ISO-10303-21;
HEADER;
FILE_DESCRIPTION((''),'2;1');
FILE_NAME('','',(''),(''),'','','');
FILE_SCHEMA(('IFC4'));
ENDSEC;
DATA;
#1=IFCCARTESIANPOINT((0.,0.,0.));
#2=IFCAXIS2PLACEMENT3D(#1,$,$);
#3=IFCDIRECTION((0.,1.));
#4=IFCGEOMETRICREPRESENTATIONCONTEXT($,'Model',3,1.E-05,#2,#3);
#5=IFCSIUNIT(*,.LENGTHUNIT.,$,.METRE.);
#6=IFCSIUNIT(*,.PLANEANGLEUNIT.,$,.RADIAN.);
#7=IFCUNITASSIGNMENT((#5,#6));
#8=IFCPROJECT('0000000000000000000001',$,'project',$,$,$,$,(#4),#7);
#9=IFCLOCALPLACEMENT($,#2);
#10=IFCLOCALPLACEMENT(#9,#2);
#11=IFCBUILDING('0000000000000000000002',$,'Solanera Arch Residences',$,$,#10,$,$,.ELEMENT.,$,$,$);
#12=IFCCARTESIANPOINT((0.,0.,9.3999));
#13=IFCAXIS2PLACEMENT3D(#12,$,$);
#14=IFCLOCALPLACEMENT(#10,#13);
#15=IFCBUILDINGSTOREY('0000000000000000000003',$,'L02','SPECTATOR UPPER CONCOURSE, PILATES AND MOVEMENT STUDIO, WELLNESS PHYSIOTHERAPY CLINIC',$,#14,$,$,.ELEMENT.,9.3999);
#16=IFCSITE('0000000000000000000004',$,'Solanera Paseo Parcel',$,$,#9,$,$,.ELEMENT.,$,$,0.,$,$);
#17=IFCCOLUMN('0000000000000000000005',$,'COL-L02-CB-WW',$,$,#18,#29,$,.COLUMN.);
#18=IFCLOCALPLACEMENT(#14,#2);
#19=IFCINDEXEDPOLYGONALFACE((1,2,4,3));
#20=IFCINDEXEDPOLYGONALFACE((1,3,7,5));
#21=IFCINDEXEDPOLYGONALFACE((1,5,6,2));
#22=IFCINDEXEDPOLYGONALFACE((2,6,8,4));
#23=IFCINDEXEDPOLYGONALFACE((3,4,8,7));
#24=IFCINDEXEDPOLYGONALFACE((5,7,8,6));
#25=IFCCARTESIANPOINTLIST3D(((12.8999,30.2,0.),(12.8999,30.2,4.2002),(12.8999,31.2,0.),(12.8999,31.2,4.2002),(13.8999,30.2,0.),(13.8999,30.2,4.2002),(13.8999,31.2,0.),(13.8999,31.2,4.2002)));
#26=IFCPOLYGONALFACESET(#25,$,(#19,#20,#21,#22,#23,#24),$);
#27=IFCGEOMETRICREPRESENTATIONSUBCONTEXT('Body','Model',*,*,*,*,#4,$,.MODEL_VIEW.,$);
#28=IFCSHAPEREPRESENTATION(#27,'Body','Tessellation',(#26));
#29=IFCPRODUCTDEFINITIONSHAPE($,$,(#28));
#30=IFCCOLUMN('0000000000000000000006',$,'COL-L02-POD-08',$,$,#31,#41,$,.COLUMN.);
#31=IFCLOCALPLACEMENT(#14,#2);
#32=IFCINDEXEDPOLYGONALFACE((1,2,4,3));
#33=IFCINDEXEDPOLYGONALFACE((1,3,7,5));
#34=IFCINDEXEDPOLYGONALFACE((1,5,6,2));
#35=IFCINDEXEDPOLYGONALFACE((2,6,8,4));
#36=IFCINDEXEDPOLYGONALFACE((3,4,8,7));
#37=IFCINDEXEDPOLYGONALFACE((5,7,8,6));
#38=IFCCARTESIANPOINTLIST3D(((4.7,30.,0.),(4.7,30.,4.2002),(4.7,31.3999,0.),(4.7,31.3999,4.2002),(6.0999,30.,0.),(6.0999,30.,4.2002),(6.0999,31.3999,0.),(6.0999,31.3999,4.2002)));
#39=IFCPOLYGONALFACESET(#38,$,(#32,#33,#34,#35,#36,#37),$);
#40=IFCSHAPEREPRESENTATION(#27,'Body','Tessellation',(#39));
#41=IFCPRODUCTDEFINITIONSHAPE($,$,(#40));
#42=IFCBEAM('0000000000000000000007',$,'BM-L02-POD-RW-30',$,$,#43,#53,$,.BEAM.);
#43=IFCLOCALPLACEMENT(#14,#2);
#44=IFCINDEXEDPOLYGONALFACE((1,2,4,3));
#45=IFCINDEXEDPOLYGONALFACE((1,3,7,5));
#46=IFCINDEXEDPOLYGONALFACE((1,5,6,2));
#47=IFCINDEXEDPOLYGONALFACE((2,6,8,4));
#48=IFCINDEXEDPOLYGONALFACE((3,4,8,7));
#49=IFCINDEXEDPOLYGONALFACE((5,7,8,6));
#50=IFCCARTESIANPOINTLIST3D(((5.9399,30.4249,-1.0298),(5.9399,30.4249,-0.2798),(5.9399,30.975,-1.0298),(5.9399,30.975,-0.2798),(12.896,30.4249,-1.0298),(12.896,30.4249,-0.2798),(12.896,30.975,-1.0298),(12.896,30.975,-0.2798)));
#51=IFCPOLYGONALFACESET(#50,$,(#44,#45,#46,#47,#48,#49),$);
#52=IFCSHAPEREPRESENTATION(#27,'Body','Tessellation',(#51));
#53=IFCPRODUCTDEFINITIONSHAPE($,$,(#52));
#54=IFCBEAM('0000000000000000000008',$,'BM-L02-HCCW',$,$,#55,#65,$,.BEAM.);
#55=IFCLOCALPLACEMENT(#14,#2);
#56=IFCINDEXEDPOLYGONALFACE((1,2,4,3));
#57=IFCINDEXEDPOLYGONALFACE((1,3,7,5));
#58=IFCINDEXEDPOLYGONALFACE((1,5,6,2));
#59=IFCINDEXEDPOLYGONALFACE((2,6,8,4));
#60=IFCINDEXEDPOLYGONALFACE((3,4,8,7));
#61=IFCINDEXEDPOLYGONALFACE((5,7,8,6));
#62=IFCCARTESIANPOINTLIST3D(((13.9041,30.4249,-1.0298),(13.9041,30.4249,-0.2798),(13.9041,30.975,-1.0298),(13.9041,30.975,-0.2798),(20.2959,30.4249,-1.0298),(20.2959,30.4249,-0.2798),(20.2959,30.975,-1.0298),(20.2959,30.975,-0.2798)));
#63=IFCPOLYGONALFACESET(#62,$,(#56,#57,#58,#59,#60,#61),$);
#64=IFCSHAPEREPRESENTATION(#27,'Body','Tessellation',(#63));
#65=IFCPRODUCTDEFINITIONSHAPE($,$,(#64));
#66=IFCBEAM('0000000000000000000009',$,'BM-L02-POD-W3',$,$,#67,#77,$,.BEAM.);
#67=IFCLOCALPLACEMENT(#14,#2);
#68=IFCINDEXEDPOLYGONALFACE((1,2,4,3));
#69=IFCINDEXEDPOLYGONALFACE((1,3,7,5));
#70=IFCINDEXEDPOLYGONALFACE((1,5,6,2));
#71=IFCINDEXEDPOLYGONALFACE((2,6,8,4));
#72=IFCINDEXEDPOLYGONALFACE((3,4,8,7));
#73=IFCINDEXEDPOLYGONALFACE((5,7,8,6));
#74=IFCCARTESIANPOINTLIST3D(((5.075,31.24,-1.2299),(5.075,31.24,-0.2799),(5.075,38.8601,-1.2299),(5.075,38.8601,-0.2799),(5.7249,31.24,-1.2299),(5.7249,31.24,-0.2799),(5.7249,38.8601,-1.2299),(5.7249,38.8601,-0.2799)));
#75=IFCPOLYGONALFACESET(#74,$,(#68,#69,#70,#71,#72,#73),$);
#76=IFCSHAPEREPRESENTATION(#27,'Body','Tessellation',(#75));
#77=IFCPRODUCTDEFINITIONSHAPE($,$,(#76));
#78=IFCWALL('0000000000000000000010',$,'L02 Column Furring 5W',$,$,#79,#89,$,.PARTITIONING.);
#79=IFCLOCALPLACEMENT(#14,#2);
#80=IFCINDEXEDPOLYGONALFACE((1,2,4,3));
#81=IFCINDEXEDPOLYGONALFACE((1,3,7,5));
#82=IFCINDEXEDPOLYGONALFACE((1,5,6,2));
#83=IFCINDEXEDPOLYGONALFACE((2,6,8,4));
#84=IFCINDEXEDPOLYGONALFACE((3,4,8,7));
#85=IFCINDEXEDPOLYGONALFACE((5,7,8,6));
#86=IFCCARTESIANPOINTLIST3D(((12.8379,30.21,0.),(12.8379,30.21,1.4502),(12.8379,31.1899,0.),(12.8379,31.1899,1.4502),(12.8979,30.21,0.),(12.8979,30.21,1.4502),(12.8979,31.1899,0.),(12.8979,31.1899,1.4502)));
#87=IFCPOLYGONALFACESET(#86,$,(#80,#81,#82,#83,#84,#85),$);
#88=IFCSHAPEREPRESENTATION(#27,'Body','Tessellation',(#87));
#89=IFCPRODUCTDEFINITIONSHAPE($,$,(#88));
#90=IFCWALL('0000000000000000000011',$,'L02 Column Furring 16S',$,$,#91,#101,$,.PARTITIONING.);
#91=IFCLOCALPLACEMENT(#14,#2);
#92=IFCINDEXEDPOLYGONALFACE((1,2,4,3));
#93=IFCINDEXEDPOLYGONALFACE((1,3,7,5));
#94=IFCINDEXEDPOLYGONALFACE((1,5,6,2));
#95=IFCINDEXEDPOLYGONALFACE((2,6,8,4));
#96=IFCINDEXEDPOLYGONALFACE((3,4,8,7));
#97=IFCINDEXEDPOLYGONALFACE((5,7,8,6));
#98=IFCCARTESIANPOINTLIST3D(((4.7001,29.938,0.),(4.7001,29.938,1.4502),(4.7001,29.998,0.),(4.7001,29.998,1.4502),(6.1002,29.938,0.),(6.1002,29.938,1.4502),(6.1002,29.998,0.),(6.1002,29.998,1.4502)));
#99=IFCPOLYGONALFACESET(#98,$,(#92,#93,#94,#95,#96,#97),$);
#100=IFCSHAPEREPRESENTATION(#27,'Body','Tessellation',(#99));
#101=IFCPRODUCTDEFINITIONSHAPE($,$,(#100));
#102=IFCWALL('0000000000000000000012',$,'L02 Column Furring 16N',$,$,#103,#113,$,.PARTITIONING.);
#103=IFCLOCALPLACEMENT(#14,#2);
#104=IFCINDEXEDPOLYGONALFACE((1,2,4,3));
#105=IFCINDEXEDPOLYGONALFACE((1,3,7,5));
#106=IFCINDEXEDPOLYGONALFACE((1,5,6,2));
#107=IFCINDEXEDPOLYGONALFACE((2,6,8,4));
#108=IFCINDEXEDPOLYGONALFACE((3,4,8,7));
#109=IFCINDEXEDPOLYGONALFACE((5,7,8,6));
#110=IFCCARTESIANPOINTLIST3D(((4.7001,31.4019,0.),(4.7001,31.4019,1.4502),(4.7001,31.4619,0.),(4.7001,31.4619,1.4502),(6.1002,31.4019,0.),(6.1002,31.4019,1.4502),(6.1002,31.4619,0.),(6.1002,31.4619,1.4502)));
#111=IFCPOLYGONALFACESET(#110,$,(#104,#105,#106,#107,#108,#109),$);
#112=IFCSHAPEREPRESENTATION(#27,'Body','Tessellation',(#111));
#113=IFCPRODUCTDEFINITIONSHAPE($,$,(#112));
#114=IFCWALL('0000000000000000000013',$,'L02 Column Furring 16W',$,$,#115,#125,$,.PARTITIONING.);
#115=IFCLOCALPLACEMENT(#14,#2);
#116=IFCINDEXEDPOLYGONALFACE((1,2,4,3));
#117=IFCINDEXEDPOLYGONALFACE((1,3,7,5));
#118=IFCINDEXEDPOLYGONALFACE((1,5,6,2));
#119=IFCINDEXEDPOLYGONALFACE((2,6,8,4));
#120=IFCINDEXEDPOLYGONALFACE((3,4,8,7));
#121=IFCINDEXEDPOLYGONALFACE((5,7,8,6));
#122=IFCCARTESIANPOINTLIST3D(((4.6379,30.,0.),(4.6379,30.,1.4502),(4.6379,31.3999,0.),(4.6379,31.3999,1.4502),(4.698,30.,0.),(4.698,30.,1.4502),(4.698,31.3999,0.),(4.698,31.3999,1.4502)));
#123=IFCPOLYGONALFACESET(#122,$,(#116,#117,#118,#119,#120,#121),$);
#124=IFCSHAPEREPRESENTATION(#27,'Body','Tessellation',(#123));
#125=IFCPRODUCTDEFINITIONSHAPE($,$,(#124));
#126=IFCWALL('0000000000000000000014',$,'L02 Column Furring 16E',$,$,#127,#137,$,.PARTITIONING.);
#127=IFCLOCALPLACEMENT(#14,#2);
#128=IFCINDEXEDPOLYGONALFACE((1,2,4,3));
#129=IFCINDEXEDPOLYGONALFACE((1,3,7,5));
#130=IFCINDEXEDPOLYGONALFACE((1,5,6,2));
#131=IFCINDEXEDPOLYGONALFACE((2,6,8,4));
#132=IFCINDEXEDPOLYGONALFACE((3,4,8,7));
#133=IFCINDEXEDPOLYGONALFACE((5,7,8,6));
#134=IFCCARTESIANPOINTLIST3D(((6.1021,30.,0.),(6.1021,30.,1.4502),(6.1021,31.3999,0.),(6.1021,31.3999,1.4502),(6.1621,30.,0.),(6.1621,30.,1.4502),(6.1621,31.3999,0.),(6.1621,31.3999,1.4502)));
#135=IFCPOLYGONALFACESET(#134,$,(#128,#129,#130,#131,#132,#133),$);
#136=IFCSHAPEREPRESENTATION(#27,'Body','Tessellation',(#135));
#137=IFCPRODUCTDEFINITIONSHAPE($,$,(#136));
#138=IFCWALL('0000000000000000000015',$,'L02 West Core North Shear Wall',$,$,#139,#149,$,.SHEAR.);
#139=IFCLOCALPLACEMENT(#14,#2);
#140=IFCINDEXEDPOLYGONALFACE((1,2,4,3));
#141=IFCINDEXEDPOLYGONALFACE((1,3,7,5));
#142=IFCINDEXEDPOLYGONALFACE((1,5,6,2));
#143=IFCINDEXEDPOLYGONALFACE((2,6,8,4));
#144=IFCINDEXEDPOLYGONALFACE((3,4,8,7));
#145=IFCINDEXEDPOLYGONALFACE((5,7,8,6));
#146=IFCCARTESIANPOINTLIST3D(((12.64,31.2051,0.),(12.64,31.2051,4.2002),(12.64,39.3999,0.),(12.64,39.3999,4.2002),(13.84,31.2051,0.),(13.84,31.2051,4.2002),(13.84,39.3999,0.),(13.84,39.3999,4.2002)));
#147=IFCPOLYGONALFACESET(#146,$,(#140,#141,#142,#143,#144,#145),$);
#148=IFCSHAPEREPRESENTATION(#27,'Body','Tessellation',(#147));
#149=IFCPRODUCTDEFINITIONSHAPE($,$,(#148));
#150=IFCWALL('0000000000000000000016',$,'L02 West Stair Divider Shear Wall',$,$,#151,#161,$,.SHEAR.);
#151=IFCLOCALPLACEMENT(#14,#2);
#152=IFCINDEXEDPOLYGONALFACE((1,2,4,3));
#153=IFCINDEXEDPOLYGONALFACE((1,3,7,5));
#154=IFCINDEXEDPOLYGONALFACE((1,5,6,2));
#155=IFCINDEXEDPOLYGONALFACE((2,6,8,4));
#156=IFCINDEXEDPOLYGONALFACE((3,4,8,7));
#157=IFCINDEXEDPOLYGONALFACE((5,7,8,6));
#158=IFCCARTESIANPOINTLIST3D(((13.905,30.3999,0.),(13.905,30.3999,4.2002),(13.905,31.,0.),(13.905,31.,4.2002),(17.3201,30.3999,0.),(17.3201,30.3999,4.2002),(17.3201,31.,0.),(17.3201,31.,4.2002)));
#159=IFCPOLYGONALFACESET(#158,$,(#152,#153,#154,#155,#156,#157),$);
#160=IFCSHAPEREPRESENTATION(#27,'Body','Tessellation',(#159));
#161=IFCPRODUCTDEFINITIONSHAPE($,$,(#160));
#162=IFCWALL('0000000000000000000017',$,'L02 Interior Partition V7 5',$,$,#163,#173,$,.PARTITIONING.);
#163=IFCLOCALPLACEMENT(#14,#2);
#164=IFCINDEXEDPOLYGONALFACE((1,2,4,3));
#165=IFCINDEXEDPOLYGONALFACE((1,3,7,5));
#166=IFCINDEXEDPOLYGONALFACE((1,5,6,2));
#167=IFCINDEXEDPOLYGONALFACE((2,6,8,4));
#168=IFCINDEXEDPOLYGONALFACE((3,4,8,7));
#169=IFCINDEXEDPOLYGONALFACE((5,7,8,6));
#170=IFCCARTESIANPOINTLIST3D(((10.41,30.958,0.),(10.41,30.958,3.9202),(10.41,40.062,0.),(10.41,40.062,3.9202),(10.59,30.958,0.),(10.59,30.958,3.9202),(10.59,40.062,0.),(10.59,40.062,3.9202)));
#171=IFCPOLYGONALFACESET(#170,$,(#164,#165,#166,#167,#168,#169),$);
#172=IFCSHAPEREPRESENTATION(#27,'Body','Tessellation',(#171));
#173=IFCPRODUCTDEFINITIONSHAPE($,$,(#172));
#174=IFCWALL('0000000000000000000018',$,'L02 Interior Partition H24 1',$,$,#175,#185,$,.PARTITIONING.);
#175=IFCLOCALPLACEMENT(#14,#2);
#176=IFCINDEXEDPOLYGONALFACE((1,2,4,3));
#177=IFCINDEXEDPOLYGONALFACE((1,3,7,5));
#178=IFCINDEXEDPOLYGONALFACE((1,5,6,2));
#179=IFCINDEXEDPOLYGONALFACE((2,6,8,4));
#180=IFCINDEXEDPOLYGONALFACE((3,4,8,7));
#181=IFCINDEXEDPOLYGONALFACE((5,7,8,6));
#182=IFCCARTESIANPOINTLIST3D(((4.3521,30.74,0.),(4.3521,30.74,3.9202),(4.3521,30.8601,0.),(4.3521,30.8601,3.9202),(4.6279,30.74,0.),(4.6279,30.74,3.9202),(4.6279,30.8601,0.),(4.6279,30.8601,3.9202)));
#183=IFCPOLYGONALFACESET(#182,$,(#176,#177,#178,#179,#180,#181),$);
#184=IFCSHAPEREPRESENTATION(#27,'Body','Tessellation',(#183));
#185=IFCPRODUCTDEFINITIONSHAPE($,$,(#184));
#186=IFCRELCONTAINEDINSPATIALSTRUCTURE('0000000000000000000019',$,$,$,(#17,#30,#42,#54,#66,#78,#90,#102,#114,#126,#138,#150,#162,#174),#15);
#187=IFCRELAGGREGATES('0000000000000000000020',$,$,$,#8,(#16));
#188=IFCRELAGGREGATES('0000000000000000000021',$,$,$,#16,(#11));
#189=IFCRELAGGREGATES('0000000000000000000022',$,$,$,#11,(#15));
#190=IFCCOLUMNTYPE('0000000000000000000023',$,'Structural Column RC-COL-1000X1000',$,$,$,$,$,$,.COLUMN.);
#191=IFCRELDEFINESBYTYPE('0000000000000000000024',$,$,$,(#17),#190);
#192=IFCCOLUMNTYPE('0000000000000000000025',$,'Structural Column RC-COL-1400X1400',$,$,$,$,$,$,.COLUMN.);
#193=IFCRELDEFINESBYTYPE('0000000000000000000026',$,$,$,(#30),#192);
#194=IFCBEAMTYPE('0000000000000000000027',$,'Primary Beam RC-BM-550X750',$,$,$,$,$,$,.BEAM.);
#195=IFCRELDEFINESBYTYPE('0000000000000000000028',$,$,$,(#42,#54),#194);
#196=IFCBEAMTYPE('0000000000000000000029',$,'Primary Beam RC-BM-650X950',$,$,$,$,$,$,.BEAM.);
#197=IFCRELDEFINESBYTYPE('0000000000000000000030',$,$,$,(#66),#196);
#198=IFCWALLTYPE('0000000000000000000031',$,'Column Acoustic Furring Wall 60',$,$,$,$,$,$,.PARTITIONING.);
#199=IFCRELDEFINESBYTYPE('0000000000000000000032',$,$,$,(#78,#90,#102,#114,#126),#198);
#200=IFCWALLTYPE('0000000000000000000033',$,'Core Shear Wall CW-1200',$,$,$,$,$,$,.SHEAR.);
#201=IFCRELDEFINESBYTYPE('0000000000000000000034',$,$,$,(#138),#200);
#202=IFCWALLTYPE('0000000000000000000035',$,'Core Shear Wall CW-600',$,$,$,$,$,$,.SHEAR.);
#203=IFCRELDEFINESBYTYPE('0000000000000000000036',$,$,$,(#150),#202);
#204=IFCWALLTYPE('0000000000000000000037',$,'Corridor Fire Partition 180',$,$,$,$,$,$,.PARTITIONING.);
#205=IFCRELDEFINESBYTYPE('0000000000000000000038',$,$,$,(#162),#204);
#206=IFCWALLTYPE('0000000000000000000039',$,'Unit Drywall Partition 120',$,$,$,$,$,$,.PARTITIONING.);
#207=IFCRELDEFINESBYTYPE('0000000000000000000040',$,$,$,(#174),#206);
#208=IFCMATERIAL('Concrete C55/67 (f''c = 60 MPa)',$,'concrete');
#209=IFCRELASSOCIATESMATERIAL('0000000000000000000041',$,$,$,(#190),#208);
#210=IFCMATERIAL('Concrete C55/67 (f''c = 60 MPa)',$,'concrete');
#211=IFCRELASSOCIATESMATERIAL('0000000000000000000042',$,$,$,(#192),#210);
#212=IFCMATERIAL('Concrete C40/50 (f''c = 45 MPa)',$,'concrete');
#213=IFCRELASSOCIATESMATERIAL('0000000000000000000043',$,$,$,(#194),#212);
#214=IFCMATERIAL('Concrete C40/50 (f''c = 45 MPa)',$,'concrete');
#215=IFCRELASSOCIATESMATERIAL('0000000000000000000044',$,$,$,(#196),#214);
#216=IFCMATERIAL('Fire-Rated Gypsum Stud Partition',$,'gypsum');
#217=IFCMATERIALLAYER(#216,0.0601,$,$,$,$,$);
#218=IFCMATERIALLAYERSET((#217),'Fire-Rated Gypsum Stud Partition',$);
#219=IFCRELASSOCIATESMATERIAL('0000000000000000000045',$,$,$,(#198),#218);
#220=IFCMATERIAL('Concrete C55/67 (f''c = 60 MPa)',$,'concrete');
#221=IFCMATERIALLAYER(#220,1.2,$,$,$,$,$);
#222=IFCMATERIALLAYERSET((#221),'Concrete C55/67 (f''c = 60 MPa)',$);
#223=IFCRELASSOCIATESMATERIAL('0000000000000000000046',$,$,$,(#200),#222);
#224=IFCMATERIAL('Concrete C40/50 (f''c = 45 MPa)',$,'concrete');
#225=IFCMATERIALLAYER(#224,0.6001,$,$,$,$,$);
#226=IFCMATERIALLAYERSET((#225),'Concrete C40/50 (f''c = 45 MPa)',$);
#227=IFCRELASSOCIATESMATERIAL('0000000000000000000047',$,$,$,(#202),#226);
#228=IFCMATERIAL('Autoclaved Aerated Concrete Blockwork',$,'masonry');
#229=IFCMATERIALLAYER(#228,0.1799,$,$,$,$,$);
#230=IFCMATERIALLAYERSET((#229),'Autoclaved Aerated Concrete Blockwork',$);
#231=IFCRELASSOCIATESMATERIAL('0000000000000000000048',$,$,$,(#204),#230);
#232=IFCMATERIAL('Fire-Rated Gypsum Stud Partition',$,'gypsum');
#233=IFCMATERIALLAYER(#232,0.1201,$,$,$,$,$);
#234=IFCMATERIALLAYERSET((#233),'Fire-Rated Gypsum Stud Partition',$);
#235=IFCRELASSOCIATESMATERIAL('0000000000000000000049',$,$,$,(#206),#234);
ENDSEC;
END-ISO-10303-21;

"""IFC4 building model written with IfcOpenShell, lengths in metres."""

from ifc_helpers import new_model, si_unit, direction, frame, frame_2d, origin, origin_2d, place, context, subcontext, project, spatial, rectangle, extrude, material, layer, layer_set, material_profile, profile_set, type_object, element, save


model = new_model("IFC4")

# Units and contexts
model_context = context("Model", 3, precision=1e-05, world=origin(), true_north=direction((0.0, 1.0)))
body_context = subcontext(model_context, "Body", "Model", "MODEL_VIEW")
ifc_project = project(units=[si_unit("LENGTHUNIT", "METRE"), si_unit("PLANEANGLEUNIT", "RADIAN")], contexts=[model_context])

# Site, building, storey
site_placement = place(None, origin())
site = spatial("IfcSite", under=ifc_project, at=site_placement, Name="Solanera Paseo Parcel", CompositionType="ELEMENT", RefElevation=0.0)
building_placement = place(site_placement, origin())
building = spatial("IfcBuilding", under=site, at=building_placement, Name="Solanera Arch Residences", CompositionType="ELEMENT")
storey_placement = place(building_placement, frame((0.0, 0.0, 9.3999)))
storey = spatial("IfcBuildingStorey", under=building, at=storey_placement, Name="L02", Description="SPECTATOR UPPER CONCOURSE, PILATES AND MOVEMENT STUDIO, WELLNESS PHYSIOTHERAPY CLINIC", CompositionType="ELEMENT", Elevation=9.3999)

# Columns
ifc_material_1 = material(Name="Concrete C55/67 (f'c = 60 MPa)", Category="concrete")
ifc_material_profile_1 = material_profile(ifc_material_1, rectangle(XDim=1.0, YDim=1.0, at=origin_2d()))
ifc_profile_set_1 = profile_set([ifc_material_profile_1], Name="Concrete C55/67 (f'c = 60 MPa)")
column_type_1 = type_object("IfcColumnType", Name="Structural Column RC-COL-1000X1000", PredefinedType="COLUMN", material=ifc_profile_set_1)
column_1_placement = place(storey_placement, frame((13.3999, 30.7, 0.0), z_axis=(0.0, 0.0, 1.0), x_axis=(1.0, 0.0, 0.0)))
element("IfcColumn", 1, at=column_1_placement, inside=storey, type_object=column_type_1, Name="COL-L02-CB-WW", PredefinedType="COLUMN", context=body_context, shape_type="SweptSolid", body=[
    extrude(rectangle(XDim=1.0, YDim=1.0, at=origin_2d()), origin(), (0.0, 0.0, 1.0), 4.2002),
])
ifc_material_2 = material(Name="Concrete C55/67 (f'c = 60 MPa)", Category="concrete")
ifc_material_profile_2 = material_profile(ifc_material_2, rectangle(XDim=1.3999, YDim=1.3999, at=origin_2d()))
ifc_profile_set_2 = profile_set([ifc_material_profile_2], Name="Concrete C55/67 (f'c = 60 MPa)")
column_type_2 = type_object("IfcColumnType", Name="Structural Column RC-COL-1400X1400", PredefinedType="COLUMN", material=ifc_profile_set_2)
column_2_placement = place(storey_placement, frame((5.3999, 30.7, 0.0), z_axis=(0.0, 0.0, 1.0), x_axis=(1.0, 0.0, 0.0)))
element("IfcColumn", 2, at=column_2_placement, inside=storey, type_object=column_type_2, Name="COL-L02-POD-08", PredefinedType="COLUMN", context=body_context, shape_type="SweptSolid", body=[
    extrude(rectangle(XDim=1.3999, YDim=1.3999, at=origin_2d()), origin(), (0.0, 0.0, 1.0), 4.2002),
])

# Beams
ifc_material_3 = material(Name="Concrete C40/50 (f'c = 45 MPa)", Category="concrete")
ifc_material_profile_3 = material_profile(ifc_material_3, rectangle(XDim=0.55, YDim=0.75, at=origin_2d()))
ifc_profile_set_3 = profile_set([ifc_material_profile_3], Name="Concrete C40/50 (f'c = 45 MPa)")
beam_type_1 = type_object("IfcBeamType", Name="Primary Beam RC-BM-550X750", PredefinedType="BEAM", material=ifc_profile_set_3)
beam_1_placement = place(storey_placement, frame((5.9399, 30.7, -0.6548), z_axis=(1.0, 0.0, 0.0), x_axis=(0.0, 1.0, 0.0)))
element("IfcBeam", 3, at=beam_1_placement, inside=storey, type_object=beam_type_1, Name="BM-L02-POD-RW-30", PredefinedType="BEAM", context=body_context, shape_type="SweptSolid", body=[
    extrude(rectangle(XDim=0.55, YDim=0.75, at=origin_2d()), origin(), (0.0, 0.0, 1.0), 6.9561),
])
beam_2_placement = place(storey_placement, frame((13.9041, 30.7, -0.6548), z_axis=(1.0, 0.0, 0.0), x_axis=(0.0, 1.0, 0.0)))
element("IfcBeam", 4, at=beam_2_placement, inside=storey, type_object=beam_type_1, Name="BM-L02-HCCW", PredefinedType="BEAM", context=body_context, shape_type="SweptSolid", body=[
    extrude(rectangle(XDim=0.55, YDim=0.75, at=origin_2d()), origin(), (0.0, 0.0, 1.0), 6.3918),
])
ifc_material_4 = material(Name="Concrete C40/50 (f'c = 45 MPa)", Category="concrete")
ifc_material_profile_4 = material_profile(ifc_material_4, rectangle(XDim=0.6499, YDim=0.95, at=origin_2d()))
ifc_profile_set_4 = profile_set([ifc_material_profile_4], Name="Concrete C40/50 (f'c = 45 MPa)")
beam_type_2 = type_object("IfcBeamType", Name="Primary Beam RC-BM-650X950", PredefinedType="BEAM", material=ifc_profile_set_4)
beam_3_placement = place(storey_placement, frame((5.3999, 31.24, -0.7549), z_axis=(0.0, 1.0, 0.0), x_axis=(-1.0, 0.0, 0.0)))
element("IfcBeam", 5, at=beam_3_placement, inside=storey, type_object=beam_type_2, Name="BM-L02-POD-W3", PredefinedType="BEAM", context=body_context, shape_type="SweptSolid", body=[
    extrude(rectangle(XDim=0.6499, YDim=0.95, at=origin_2d()), origin(), (0.0, 0.0, 1.0), 7.6201),
])

# Walls
ifc_material_5 = material(Name="Fire-Rated Gypsum Stud Partition", Category="gypsum")
ifc_layer_1 = layer(ifc_material_5, 0.0601)
ifc_layer_set_1 = layer_set([ifc_layer_1], Name="Fire-Rated Gypsum Stud Partition")
wall_type_1 = type_object("IfcWallType", Name="Column Acoustic Furring Wall 60", PredefinedType="PARTITIONING", material=ifc_layer_set_1)
wall_1_placement = place(storey_placement, frame((12.8679, 30.21, 0.0), z_axis=(0.0, 0.0, 1.0), x_axis=(0.0, 1.0, 0.0)))
element("IfcWall", 6, at=wall_1_placement, inside=storey, type_object=wall_type_1, Name="L02 Column Furring 5W", PredefinedType="PARTITIONING", context=body_context, shape_type="SweptSolid", body=[
    extrude(rectangle(XDim=0.98, YDim=0.0601, at=frame_2d((0.49, 0.0))), origin(), (0.0, 0.0, 1.0), 1.4502),
])
for number, where, z_axis, x_axis, name in (
    (7, (4.7, 29.968, 0.0), (0.0, 0.0, 1.0), (1.0, 0.0, 0.0), "L02 Column Furring 16S"),
    (8, (4.7, 31.4319, 0.0), (0.0, 0.0, 1.0), (1.0, 0.0, 0.0), "L02 Column Furring 16N"),
):
    element("IfcWall", number, at=place(storey_placement, frame(where, z_axis=z_axis, x_axis=x_axis)), inside=storey, type_object=wall_type_1, Name=name, PredefinedType="PARTITIONING", context=body_context, shape_type="SweptSolid", body=[
        extrude(rectangle(XDim=1.4001, YDim=0.0601, at=frame_2d((0.7002, 0.0))), origin(), (0.0, 0.0, 1.0), 1.4502),
    ])
for number, where, z_axis, x_axis, name in (
    (9, (4.668, 30.0, 0.0), (0.0, 0.0, 1.0), (0.0, 1.0, 0.0), "L02 Column Furring 16W"),
    (10, (6.1321, 30.0, 0.0), (0.0, 0.0, 1.0), (0.0, 1.0, 0.0), "L02 Column Furring 16E"),
):
    element("IfcWall", number, at=place(storey_placement, frame(where, z_axis=z_axis, x_axis=x_axis)), inside=storey, type_object=wall_type_1, Name=name, PredefinedType="PARTITIONING", context=body_context, shape_type="SweptSolid", body=[
        extrude(rectangle(XDim=1.3999, YDim=0.0601, at=frame_2d((0.7, 0.0))), origin(), (0.0, 0.0, 1.0), 1.4502),
    ])
ifc_material_6 = material(Name="Concrete C55/67 (f'c = 60 MPa)", Category="concrete")
ifc_layer_2 = layer(ifc_material_6, 1.2)
ifc_layer_set_2 = layer_set([ifc_layer_2], Name="Concrete C55/67 (f'c = 60 MPa)")
wall_type_2 = type_object("IfcWallType", Name="Core Shear Wall CW-1200", PredefinedType="SHEAR", material=ifc_layer_set_2)
wall_2_placement = place(storey_placement, frame((13.24, 31.2051, 0.0), z_axis=(0.0, 0.0, 1.0), x_axis=(0.0, 1.0, 0.0)))
element("IfcWall", 11, at=wall_2_placement, inside=storey, type_object=wall_type_2, Name="L02 West Core North Shear Wall", PredefinedType="SHEAR", context=body_context, shape_type="SweptSolid", body=[
    extrude(rectangle(XDim=8.1948, YDim=1.2, at=frame_2d((4.0974, 0.0))), origin(), (0.0, 0.0, 1.0), 4.2002),
])
ifc_material_7 = material(Name="Concrete C40/50 (f'c = 45 MPa)", Category="concrete")
ifc_layer_3 = layer(ifc_material_7, 0.6001)
ifc_layer_set_3 = layer_set([ifc_layer_3], Name="Concrete C40/50 (f'c = 45 MPa)")
wall_type_3 = type_object("IfcWallType", Name="Core Shear Wall CW-600", PredefinedType="SHEAR", material=ifc_layer_set_3)
wall_3_placement = place(storey_placement, frame((13.905, 30.7, 0.0), z_axis=(0.0, 0.0, 1.0), x_axis=(1.0, 0.0, 0.0)))
element("IfcWall", 12, at=wall_3_placement, inside=storey, type_object=wall_type_3, Name="L02 West Stair Divider Shear Wall", PredefinedType="SHEAR", context=body_context, shape_type="SweptSolid", body=[
    extrude(rectangle(XDim=3.415, YDim=0.6001, at=frame_2d((1.7075, 0.0))), origin(), (0.0, 0.0, 1.0), 4.2002),
])
ifc_material_8 = material(Name="Autoclaved Aerated Concrete Blockwork", Category="masonry")
ifc_layer_4 = layer(ifc_material_8, 0.1799)
ifc_layer_set_4 = layer_set([ifc_layer_4], Name="Autoclaved Aerated Concrete Blockwork")
wall_type_4 = type_object("IfcWallType", Name="Corridor Fire Partition 180", PredefinedType="PARTITIONING", material=ifc_layer_set_4)
wall_4_placement = place(storey_placement, frame((10.5, 30.958, 0.0), z_axis=(0.0, 0.0, 1.0), x_axis=(0.0, 1.0, 0.0)))
element("IfcWall", 13, at=wall_4_placement, inside=storey, type_object=wall_type_4, Name="L02 Interior Partition V7 5", PredefinedType="PARTITIONING", context=body_context, shape_type="SweptSolid", body=[
    extrude(rectangle(XDim=9.104, YDim=0.1799, at=frame_2d((4.552, 0.0))), origin(), (0.0, 0.0, 1.0), 3.9202),
])
ifc_material_9 = material(Name="Fire-Rated Gypsum Stud Partition", Category="gypsum")
ifc_layer_5 = layer(ifc_material_9, 0.1201)
ifc_layer_set_5 = layer_set([ifc_layer_5], Name="Fire-Rated Gypsum Stud Partition")
wall_type_5 = type_object("IfcWallType", Name="Unit Drywall Partition 120", PredefinedType="PARTITIONING", material=ifc_layer_set_5)
wall_5_placement = place(storey_placement, frame((4.3521, 30.8, 0.0), z_axis=(0.0, 0.0, 1.0), x_axis=(1.0, 0.0, 0.0)))
element("IfcWall", 14, at=wall_5_placement, inside=storey, type_object=wall_type_5, Name="L02 Interior Partition H24 1", PredefinedType="PARTITIONING", context=body_context, shape_type="SweptSolid", body=[
    extrude(rectangle(XDim=0.2759, YDim=0.1201, at=frame_2d((0.1379, 0.0))), origin(), (0.0, 0.0, 1.0), 3.9202),
])

save(model, "model.ifc")
